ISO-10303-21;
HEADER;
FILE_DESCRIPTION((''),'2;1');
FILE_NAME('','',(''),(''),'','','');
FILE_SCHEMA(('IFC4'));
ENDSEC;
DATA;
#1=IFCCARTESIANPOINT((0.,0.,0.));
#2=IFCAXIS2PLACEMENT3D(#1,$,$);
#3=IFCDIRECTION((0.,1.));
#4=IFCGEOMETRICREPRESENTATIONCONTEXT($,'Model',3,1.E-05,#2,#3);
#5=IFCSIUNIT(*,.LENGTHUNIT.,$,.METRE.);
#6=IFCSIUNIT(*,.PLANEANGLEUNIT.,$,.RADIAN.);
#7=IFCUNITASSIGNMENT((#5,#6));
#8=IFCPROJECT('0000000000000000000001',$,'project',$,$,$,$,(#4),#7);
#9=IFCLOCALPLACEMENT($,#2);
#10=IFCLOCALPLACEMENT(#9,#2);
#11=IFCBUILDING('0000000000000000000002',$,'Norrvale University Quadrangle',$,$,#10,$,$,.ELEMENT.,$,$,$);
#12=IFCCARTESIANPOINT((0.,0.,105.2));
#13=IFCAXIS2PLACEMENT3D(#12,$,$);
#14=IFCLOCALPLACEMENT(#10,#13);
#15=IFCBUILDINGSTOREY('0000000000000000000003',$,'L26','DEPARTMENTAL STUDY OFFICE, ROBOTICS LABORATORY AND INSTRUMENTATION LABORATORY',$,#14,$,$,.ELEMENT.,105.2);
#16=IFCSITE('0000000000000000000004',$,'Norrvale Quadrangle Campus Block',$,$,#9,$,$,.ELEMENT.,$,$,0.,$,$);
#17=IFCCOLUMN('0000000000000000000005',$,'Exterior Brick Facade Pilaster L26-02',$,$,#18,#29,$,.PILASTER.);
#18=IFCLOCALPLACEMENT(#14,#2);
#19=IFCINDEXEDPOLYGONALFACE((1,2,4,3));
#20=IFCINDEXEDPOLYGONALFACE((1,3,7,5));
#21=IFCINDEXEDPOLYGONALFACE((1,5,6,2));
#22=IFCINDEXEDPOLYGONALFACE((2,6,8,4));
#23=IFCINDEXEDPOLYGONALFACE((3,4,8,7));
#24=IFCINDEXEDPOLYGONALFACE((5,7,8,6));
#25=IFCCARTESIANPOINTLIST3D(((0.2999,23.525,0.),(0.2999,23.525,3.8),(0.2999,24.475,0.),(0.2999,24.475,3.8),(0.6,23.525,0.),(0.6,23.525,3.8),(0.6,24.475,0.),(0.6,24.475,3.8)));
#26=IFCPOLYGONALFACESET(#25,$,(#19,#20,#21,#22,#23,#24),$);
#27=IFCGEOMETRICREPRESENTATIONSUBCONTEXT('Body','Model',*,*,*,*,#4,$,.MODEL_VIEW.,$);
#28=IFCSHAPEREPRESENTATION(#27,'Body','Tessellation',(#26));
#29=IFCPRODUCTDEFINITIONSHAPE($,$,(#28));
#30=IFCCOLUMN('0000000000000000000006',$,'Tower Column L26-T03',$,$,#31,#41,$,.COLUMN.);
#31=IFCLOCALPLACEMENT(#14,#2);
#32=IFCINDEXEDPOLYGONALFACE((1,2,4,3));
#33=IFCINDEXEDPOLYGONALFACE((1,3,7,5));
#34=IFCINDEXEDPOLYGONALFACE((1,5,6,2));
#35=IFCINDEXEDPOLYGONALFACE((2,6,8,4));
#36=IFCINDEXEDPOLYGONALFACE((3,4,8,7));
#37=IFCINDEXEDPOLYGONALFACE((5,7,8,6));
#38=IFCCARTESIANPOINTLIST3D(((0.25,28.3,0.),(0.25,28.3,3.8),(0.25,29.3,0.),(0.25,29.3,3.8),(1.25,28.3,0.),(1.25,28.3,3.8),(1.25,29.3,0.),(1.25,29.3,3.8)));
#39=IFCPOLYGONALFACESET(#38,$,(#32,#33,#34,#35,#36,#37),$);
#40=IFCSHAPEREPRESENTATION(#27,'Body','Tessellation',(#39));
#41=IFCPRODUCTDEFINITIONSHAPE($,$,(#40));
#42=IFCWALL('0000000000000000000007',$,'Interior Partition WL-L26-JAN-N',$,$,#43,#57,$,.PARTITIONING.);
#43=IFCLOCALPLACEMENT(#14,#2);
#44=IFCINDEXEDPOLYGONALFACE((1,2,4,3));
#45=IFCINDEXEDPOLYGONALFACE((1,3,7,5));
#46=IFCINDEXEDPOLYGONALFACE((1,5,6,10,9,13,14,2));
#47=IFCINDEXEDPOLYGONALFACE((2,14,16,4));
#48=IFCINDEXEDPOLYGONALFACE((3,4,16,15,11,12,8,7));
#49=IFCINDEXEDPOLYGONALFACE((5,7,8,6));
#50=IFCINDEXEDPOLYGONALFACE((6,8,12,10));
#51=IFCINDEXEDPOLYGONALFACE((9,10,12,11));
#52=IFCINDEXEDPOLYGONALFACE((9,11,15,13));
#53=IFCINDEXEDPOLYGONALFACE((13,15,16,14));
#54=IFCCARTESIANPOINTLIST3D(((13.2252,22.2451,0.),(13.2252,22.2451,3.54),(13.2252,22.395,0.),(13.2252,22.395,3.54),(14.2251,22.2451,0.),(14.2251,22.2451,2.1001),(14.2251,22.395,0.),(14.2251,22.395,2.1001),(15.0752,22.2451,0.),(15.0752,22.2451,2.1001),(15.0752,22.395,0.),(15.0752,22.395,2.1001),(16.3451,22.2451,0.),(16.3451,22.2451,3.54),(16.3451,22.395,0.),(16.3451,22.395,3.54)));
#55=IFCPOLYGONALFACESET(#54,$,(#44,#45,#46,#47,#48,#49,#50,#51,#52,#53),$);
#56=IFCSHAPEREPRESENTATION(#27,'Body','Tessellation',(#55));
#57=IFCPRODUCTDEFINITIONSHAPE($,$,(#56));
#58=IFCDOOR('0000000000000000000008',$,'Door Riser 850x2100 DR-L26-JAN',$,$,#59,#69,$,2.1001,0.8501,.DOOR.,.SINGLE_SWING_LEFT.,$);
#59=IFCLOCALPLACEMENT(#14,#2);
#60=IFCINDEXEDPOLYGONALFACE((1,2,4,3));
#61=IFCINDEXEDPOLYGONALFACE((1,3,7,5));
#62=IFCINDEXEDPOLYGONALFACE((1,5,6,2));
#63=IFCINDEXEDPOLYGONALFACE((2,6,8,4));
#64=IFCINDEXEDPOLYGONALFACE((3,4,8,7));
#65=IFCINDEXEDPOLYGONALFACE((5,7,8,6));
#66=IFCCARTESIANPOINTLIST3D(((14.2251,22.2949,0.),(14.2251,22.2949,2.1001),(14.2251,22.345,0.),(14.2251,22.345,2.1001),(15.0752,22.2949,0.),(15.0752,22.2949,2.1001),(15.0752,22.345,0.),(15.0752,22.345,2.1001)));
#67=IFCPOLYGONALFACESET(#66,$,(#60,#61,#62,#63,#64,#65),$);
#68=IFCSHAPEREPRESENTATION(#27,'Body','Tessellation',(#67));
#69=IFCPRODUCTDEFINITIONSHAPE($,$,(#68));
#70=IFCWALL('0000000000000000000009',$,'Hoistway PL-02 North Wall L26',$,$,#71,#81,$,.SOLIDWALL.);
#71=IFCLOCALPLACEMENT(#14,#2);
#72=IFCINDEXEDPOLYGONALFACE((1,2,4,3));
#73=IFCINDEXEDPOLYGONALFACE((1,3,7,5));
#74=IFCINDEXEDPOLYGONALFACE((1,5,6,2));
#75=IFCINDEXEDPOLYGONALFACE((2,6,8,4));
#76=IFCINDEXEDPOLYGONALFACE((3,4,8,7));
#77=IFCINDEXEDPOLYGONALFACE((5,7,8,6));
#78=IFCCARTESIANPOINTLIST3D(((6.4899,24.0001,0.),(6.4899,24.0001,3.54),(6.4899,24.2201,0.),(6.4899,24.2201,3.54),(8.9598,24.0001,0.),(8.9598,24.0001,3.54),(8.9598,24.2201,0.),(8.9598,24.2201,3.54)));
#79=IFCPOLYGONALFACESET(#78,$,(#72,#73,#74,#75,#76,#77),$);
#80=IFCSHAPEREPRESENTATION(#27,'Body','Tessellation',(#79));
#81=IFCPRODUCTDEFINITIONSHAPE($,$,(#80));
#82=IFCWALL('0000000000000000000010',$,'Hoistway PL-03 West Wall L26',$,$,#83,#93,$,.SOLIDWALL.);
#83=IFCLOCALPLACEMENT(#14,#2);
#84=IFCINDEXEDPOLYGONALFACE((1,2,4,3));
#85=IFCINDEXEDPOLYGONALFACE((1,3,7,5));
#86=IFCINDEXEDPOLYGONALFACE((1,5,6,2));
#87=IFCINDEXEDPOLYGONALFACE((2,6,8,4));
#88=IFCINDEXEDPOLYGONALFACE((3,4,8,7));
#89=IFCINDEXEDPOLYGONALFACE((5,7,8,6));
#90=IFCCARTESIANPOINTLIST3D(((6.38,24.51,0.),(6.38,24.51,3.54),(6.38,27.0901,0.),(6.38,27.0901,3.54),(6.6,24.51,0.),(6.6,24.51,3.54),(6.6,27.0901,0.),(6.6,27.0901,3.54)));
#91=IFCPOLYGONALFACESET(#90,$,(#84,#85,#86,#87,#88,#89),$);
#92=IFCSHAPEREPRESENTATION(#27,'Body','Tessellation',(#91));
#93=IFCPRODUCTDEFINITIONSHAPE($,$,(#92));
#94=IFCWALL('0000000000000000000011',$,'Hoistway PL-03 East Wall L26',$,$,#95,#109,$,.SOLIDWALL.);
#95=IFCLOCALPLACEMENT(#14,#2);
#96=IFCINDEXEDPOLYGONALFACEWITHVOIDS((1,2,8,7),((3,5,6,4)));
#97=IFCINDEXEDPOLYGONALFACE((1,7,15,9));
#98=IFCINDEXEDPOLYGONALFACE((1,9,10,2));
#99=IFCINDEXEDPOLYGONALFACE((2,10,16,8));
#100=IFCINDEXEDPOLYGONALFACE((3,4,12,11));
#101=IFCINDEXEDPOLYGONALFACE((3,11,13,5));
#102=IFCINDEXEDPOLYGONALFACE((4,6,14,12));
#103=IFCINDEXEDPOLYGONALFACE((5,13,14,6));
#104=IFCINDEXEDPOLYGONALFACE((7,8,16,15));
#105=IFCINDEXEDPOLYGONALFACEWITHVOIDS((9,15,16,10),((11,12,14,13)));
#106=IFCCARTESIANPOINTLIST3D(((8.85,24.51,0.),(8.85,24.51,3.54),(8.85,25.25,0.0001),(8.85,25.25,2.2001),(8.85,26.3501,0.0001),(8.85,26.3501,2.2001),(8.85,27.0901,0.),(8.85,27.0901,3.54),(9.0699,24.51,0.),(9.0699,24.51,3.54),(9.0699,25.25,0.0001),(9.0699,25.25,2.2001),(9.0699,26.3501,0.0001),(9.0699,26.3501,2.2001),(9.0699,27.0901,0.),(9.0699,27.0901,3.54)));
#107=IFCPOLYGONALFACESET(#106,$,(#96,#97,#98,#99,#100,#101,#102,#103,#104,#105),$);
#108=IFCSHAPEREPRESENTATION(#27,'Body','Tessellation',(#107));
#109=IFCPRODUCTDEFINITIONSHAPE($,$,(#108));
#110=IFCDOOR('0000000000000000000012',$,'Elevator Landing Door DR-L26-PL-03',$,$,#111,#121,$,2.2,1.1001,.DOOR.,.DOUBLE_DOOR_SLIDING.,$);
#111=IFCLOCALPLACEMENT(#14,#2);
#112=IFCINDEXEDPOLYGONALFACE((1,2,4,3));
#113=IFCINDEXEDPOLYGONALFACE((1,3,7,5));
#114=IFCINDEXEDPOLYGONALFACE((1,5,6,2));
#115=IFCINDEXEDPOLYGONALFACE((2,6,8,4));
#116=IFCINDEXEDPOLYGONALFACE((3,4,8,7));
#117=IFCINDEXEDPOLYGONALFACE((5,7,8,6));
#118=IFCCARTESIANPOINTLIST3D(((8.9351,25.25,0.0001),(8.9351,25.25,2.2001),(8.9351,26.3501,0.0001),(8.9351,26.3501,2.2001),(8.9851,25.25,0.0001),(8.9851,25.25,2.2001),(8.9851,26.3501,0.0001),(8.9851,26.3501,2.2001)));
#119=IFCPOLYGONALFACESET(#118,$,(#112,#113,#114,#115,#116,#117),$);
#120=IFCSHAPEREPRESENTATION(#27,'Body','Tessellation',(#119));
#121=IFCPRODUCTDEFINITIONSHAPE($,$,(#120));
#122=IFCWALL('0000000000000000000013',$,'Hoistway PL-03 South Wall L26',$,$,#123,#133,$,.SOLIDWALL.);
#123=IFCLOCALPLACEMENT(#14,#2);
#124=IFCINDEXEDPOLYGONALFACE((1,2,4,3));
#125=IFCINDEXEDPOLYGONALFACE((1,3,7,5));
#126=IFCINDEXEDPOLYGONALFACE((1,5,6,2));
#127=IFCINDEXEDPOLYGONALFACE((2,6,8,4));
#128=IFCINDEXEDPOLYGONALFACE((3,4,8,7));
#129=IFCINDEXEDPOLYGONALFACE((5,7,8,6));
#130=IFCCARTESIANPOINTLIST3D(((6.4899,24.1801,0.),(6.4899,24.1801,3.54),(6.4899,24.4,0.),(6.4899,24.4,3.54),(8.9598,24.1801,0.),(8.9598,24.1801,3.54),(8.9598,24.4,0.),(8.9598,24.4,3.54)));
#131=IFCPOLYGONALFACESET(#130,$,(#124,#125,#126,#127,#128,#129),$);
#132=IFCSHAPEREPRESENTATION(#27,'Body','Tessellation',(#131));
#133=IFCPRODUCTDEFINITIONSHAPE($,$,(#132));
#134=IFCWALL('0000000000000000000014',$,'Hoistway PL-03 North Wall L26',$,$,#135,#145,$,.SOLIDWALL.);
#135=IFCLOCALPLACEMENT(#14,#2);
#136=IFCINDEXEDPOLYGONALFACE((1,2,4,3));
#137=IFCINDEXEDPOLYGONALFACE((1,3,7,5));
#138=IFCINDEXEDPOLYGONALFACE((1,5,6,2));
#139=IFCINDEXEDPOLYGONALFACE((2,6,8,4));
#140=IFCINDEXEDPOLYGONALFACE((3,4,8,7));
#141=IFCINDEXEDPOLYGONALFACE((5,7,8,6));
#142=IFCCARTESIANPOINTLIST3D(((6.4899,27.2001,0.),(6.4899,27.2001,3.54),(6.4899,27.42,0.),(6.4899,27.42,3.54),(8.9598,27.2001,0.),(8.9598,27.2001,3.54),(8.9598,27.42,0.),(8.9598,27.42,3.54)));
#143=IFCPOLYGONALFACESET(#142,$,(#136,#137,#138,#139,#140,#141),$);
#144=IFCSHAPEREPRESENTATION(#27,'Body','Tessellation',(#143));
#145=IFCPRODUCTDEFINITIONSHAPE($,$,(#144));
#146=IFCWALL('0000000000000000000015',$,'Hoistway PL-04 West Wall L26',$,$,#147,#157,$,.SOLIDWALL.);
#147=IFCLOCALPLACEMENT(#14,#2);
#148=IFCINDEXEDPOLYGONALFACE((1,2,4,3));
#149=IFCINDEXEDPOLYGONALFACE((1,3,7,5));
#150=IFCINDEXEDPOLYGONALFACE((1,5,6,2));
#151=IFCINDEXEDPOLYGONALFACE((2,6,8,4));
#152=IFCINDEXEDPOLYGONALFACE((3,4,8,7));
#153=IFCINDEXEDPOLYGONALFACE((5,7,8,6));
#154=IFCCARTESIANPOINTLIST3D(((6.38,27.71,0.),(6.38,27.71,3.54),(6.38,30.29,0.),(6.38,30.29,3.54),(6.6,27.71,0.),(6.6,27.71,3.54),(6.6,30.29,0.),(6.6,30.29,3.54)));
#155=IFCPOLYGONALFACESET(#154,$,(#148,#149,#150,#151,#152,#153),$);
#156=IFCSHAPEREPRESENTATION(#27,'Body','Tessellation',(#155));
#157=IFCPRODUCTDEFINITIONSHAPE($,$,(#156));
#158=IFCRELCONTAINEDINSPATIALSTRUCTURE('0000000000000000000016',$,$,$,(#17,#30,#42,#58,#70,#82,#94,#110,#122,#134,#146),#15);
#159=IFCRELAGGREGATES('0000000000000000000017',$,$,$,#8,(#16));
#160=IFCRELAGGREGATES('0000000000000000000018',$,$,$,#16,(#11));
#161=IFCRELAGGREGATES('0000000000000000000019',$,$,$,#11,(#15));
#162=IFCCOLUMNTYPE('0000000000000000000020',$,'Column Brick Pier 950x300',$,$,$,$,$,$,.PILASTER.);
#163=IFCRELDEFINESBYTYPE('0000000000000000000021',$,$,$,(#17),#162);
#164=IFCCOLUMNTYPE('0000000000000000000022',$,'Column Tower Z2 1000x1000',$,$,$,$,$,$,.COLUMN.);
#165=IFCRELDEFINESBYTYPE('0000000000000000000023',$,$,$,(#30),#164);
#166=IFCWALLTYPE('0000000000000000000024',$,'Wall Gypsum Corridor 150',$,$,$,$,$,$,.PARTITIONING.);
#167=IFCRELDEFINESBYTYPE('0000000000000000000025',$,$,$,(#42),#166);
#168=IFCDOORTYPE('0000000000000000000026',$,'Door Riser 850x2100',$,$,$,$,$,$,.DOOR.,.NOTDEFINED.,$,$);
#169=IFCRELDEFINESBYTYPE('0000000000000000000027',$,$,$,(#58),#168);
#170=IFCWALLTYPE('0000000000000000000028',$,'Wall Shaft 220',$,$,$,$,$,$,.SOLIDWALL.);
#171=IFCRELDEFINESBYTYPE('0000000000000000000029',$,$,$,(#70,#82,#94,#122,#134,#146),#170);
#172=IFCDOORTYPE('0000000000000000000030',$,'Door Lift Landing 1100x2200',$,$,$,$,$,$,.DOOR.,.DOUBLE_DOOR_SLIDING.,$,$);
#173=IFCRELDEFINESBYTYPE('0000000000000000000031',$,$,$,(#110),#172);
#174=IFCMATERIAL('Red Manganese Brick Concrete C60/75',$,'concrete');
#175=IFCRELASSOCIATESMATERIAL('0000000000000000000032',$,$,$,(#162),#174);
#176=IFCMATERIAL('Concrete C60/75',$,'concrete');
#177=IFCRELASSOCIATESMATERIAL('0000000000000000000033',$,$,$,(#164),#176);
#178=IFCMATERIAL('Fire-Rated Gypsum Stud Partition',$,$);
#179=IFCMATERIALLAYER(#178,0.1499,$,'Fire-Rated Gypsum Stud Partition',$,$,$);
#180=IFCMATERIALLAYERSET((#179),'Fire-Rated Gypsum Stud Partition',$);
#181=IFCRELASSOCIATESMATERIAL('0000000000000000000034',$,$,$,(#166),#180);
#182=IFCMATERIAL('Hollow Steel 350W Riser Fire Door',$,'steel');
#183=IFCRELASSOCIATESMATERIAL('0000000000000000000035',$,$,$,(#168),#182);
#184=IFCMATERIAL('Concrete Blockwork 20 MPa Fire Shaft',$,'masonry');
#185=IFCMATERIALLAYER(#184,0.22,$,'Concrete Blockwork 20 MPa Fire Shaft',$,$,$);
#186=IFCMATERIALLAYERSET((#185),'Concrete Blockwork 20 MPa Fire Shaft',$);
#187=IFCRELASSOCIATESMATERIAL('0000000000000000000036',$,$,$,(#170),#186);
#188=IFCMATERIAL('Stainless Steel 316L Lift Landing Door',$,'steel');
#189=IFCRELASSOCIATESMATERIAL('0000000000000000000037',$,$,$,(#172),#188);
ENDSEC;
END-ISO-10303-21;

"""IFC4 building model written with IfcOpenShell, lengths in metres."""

from ifc_helpers import new_model, si_unit, direction, frame, frame_2d, origin, origin_2d, place, context, subcontext, project, spatial, rectangle, extrude, material, layer, layer_set, material_profile, profile_set, type_object, element, fill, save


model = new_model("IFC4")

# Units and contexts
model_context = context("Model", 3, precision=1e-05, world=origin(), true_north=direction((0.0, 1.0)))
body_context = subcontext(model_context, "Body", "Model", "MODEL_VIEW")
ifc_project = project(units=[si_unit("LENGTHUNIT", "METRE"), si_unit("PLANEANGLEUNIT", "RADIAN")], contexts=[model_context])

# Site, building, storey
site_placement = place(None, origin())
site = spatial("IfcSite", under=ifc_project, at=site_placement, Name="Norrvale Quadrangle Campus Block", CompositionType="ELEMENT", RefElevation=0.0)
building_placement = place(site_placement, origin())
building = spatial("IfcBuilding", under=site, at=building_placement, Name="Norrvale University Quadrangle", CompositionType="ELEMENT")
storey_placement = place(building_placement, frame((0.0, 0.0, 105.2)))
storey = spatial("IfcBuildingStorey", under=building, at=storey_placement, Name="L26", Description="DEPARTMENTAL STUDY OFFICE, ROBOTICS LABORATORY AND INSTRUMENTATION LABORATORY", CompositionType="ELEMENT", Elevation=105.2)

# Columns
ifc_material_1 = material(Name="Red Manganese Brick Concrete C60/75", Category="concrete")
ifc_material_profile_1 = material_profile(ifc_material_1, rectangle(XDim=0.95, YDim=0.3, at=origin_2d()), Name="Red Manganese Brick Concrete C60/75")
ifc_profile_set_1 = profile_set([ifc_material_profile_1], Name="Red Manganese Brick Concrete C60/75")
column_type_1 = type_object("IfcColumnType", Name="Column Brick Pier 950x300", PredefinedType="PILASTER", material=ifc_profile_set_1)
column_1_placement = place(storey_placement, frame((0.45, 24.0, 0.0), z_axis=(0.0, 0.0, 1.0), x_axis=(0.0, 1.0, 0.0)))
element("IfcColumn", 1, at=column_1_placement, inside=storey, type_object=column_type_1, Name="Exterior Brick Facade Pilaster L26-02", PredefinedType="PILASTER", context=body_context, shape_type="SweptSolid", body=[
    extrude(rectangle(XDim=0.95, YDim=0.3, at=origin_2d()), origin(), (0.0, 0.0, 1.0), 3.8),
])
ifc_material_2 = material(Name="Concrete C60/75", Category="concrete")
ifc_material_profile_2 = material_profile(ifc_material_2, rectangle(XDim=1.0, YDim=1.0, at=origin_2d()), Name="Concrete C60/75")
ifc_profile_set_2 = profile_set([ifc_material_profile_2], Name="Concrete C60/75")
column_type_2 = type_object("IfcColumnType", Name="Column Tower Z2 1000x1000", PredefinedType="COLUMN", material=ifc_profile_set_2)
column_2_placement = place(storey_placement, frame((0.75, 28.8, 0.0), z_axis=(0.0, 0.0, 1.0), x_axis=(1.0, 0.0, 0.0)))
element("IfcColumn", 2, at=column_2_placement, inside=storey, type_object=column_type_2, Name="Tower Column L26-T03", PredefinedType="COLUMN", context=body_context, shape_type="SweptSolid", body=[
    extrude(rectangle(XDim=1.0, YDim=1.0, at=origin_2d()), origin(), (0.0, 0.0, 1.0), 3.8),
])

# Wall, opening, door
ifc_material_3 = material(Name="Fire-Rated Gypsum Stud Partition")
ifc_layer_1 = layer(ifc_material_3, 0.1499, Name="Fire-Rated Gypsum Stud Partition")
ifc_layer_set_1 = layer_set([ifc_layer_1], Name="Fire-Rated Gypsum Stud Partition")
wall_type_1 = type_object("IfcWallType", Name="Wall Gypsum Corridor 150", PredefinedType="PARTITIONING", material=ifc_layer_set_1)
wall_1_placement = place(storey_placement, frame((13.2251, 22.3201, 0.0), z_axis=(0.0, 0.0, 1.0), x_axis=(1.0, 0.0, 0.0)))
wall_1 = element("IfcWall", 3, at=wall_1_placement, inside=storey, type_object=wall_type_1, Name="Interior Partition WL-L26-JAN-N", PredefinedType="PARTITIONING", context=body_context, shape_type="SweptSolid", body=[
    extrude(rectangle(XDim=3.1199, YDim=0.1499, at=frame_2d((1.5601, 0.0))), origin(), (0.0, 0.0, 1.0), 3.54),
])
opening_1_placement = place(wall_1_placement, frame((1.0, 0.0, 0.0)))
opening_1 = element("IfcOpeningElement", 4, at=opening_1_placement, cuts=wall_1, PredefinedType="OPENING", context=body_context, shape_type="SweptSolid", body=[
    extrude(rectangle(XDim=0.8501, YDim=2.1001, at=frame_2d((0.425, 1.05))), frame((0.0, 0.0869, 0.0), z_axis=(0.0, -1.0, 0.0), x_axis=(1.0, 0.0, 0.0)), (0.0, 0.0, 1.0), 0.1738),
])
ifc_material_4 = material(Name="Hollow Steel 350W Riser Fire Door", Category="steel")
door_type_1 = type_object("IfcDoorType", Name="Door Riser 850x2100", OperationType="NOTDEFINED", PredefinedType="DOOR", material=ifc_material_4)
door_1_placement = place(opening_1_placement, origin())
door_1 = element("IfcDoor", 5, at=door_1_placement, inside=storey, type_object=door_type_1, Name="Door Riser 850x2100 DR-L26-JAN", OperationType="SINGLE_SWING_LEFT", OverallHeight=2.1001, OverallWidth=0.8501, PredefinedType="DOOR", context=body_context, shape_type="SweptSolid", body=[
    extrude(rectangle(XDim=0.8501, YDim=2.1001, at=frame_2d((0.425, 1.05))), frame((0.0, 0.0249, 0.0), z_axis=(0.0, -1.0, 0.0), x_axis=(1.0, 0.0, 0.0)), (0.0, 0.0, 1.0), 0.05),
])
fill(opening_1, door_1)

# Walls
ifc_material_5 = material(Name="Concrete Blockwork 20 MPa Fire Shaft", Category="masonry")
ifc_layer_2 = layer(ifc_material_5, 0.22, Name="Concrete Blockwork 20 MPa Fire Shaft")
ifc_layer_set_2 = layer_set([ifc_layer_2], Name="Concrete Blockwork 20 MPa Fire Shaft")
wall_type_2 = type_object("IfcWallType", Name="Wall Shaft 220", PredefinedType="SOLIDWALL", material=ifc_layer_set_2)
wall_2_placement = place(storey_placement, frame((6.49, 24.1101, 0.0), z_axis=(0.0, 0.0, 1.0), x_axis=(1.0, 0.0, 0.0)))
element("IfcWall", 6, at=wall_2_placement, inside=storey, type_object=wall_type_2, Name="Hoistway PL-02 North Wall L26", PredefinedType="SOLIDWALL", context=body_context, shape_type="SweptSolid", body=[
    extrude(rectangle(XDim=2.47, YDim=0.22, at=frame_2d((1.2349, 0.0))), origin(), (0.0, 0.0, 1.0), 3.54),
])
wall_3_placement = place(storey_placement, frame((6.49, 24.51, 0.0), z_axis=(0.0, 0.0, 1.0), x_axis=(0.0, 1.0, 0.0)))
element("IfcWall", 7, at=wall_3_placement, inside=storey, type_object=wall_type_2, Name="Hoistway PL-03 West Wall L26", PredefinedType="SOLIDWALL", context=body_context, shape_type="SweptSolid", body=[
    extrude(rectangle(XDim=2.5801, YDim=0.22, at=frame_2d((1.29, 0.0))), origin(), (0.0, 0.0, 1.0), 3.54),
])

# Wall, opening, door
wall_4_placement = place(storey_placement, frame((8.96, 24.51, 0.0), z_axis=(0.0, 0.0, 1.0), x_axis=(0.0, 1.0, 0.0)))
wall_4 = element("IfcWall", 8, at=wall_4_placement, inside=storey, type_object=wall_type_2, Name="Hoistway PL-03 East Wall L26", PredefinedType="SOLIDWALL", context=body_context, shape_type="SweptSolid", body=[
    extrude(rectangle(XDim=2.5801, YDim=0.22, at=frame_2d((1.29, 0.0))), origin(), (0.0, 0.0, 1.0), 3.54),
])
opening_2_placement = place(wall_4_placement, frame((0.74, 0.0, 0.0)))
opening_2 = element("IfcOpeningElement", 9, at=opening_2_placement, cuts=wall_4, PredefinedType="OPENING", context=body_context, shape_type="SweptSolid", body=[
    extrude(rectangle(XDim=1.1001, YDim=2.2, at=frame_2d((0.55, 1.1001))), frame((0.0, 0.1221, 0.0), z_axis=(0.0, -1.0, 0.0), x_axis=(1.0, 0.0, 0.0)), (0.0, 0.0, 1.0), 0.2439),
])
ifc_material_6 = material(Name="Stainless Steel 316L Lift Landing Door", Category="steel")
door_type_2 = type_object("IfcDoorType", Name="Door Lift Landing 1100x2200", OperationType="DOUBLE_DOOR_SLIDING", PredefinedType="DOOR", material=ifc_material_6)
door_2_placement = place(opening_2_placement, origin())
door_2 = element("IfcDoor", 10, at=door_2_placement, inside=storey, type_object=door_type_2, Name="Elevator Landing Door DR-L26-PL-03", OperationType="DOUBLE_DOOR_SLIDING", OverallHeight=2.2, OverallWidth=1.1001, PredefinedType="DOOR", context=body_context, shape_type="SweptSolid", body=[
    extrude(rectangle(XDim=1.1001, YDim=2.2, at=frame_2d((0.55, 1.1001))), frame((0.0, 0.0249, 0.0), z_axis=(0.0, -1.0, 0.0), x_axis=(1.0, 0.0, 0.0)), (0.0, 0.0, 1.0), 0.05),
])
fill(opening_2, door_2)

# Walls
for number, where, z_axis, x_axis, name in (
    (11, (6.49, 24.29, 0.0), (0.0, 0.0, 1.0), (1.0, 0.0, 0.0), "Hoistway PL-03 South Wall L26"),
    (12, (6.49, 27.3101, 0.0), (0.0, 0.0, 1.0), (1.0, 0.0, 0.0), "Hoistway PL-03 North Wall L26"),
):
    element("IfcWall", number, at=place(storey_placement, frame(where, z_axis=z_axis, x_axis=x_axis)), inside=storey, type_object=wall_type_2, Name=name, PredefinedType="SOLIDWALL", context=body_context, shape_type="SweptSolid", body=[
        extrude(rectangle(XDim=2.47, YDim=0.22, at=frame_2d((1.2349, 0.0))), origin(), (0.0, 0.0, 1.0), 3.54),
    ])
wall_5_placement = place(storey_placement, frame((6.49, 27.71, 0.0), z_axis=(0.0, 0.0, 1.0), x_axis=(0.0, 1.0, 0.0)))
element("IfcWall", 13, at=wall_5_placement, inside=storey, type_object=wall_type_2, Name="Hoistway PL-04 West Wall L26", PredefinedType="SOLIDWALL", context=body_context, shape_type="SweptSolid", body=[
    extrude(rectangle(XDim=2.5801, YDim=0.22, at=frame_2d((1.29, 0.0))), origin(), (0.0, 0.0, 1.0), 3.54),
])

save(model, "model.ifc")
